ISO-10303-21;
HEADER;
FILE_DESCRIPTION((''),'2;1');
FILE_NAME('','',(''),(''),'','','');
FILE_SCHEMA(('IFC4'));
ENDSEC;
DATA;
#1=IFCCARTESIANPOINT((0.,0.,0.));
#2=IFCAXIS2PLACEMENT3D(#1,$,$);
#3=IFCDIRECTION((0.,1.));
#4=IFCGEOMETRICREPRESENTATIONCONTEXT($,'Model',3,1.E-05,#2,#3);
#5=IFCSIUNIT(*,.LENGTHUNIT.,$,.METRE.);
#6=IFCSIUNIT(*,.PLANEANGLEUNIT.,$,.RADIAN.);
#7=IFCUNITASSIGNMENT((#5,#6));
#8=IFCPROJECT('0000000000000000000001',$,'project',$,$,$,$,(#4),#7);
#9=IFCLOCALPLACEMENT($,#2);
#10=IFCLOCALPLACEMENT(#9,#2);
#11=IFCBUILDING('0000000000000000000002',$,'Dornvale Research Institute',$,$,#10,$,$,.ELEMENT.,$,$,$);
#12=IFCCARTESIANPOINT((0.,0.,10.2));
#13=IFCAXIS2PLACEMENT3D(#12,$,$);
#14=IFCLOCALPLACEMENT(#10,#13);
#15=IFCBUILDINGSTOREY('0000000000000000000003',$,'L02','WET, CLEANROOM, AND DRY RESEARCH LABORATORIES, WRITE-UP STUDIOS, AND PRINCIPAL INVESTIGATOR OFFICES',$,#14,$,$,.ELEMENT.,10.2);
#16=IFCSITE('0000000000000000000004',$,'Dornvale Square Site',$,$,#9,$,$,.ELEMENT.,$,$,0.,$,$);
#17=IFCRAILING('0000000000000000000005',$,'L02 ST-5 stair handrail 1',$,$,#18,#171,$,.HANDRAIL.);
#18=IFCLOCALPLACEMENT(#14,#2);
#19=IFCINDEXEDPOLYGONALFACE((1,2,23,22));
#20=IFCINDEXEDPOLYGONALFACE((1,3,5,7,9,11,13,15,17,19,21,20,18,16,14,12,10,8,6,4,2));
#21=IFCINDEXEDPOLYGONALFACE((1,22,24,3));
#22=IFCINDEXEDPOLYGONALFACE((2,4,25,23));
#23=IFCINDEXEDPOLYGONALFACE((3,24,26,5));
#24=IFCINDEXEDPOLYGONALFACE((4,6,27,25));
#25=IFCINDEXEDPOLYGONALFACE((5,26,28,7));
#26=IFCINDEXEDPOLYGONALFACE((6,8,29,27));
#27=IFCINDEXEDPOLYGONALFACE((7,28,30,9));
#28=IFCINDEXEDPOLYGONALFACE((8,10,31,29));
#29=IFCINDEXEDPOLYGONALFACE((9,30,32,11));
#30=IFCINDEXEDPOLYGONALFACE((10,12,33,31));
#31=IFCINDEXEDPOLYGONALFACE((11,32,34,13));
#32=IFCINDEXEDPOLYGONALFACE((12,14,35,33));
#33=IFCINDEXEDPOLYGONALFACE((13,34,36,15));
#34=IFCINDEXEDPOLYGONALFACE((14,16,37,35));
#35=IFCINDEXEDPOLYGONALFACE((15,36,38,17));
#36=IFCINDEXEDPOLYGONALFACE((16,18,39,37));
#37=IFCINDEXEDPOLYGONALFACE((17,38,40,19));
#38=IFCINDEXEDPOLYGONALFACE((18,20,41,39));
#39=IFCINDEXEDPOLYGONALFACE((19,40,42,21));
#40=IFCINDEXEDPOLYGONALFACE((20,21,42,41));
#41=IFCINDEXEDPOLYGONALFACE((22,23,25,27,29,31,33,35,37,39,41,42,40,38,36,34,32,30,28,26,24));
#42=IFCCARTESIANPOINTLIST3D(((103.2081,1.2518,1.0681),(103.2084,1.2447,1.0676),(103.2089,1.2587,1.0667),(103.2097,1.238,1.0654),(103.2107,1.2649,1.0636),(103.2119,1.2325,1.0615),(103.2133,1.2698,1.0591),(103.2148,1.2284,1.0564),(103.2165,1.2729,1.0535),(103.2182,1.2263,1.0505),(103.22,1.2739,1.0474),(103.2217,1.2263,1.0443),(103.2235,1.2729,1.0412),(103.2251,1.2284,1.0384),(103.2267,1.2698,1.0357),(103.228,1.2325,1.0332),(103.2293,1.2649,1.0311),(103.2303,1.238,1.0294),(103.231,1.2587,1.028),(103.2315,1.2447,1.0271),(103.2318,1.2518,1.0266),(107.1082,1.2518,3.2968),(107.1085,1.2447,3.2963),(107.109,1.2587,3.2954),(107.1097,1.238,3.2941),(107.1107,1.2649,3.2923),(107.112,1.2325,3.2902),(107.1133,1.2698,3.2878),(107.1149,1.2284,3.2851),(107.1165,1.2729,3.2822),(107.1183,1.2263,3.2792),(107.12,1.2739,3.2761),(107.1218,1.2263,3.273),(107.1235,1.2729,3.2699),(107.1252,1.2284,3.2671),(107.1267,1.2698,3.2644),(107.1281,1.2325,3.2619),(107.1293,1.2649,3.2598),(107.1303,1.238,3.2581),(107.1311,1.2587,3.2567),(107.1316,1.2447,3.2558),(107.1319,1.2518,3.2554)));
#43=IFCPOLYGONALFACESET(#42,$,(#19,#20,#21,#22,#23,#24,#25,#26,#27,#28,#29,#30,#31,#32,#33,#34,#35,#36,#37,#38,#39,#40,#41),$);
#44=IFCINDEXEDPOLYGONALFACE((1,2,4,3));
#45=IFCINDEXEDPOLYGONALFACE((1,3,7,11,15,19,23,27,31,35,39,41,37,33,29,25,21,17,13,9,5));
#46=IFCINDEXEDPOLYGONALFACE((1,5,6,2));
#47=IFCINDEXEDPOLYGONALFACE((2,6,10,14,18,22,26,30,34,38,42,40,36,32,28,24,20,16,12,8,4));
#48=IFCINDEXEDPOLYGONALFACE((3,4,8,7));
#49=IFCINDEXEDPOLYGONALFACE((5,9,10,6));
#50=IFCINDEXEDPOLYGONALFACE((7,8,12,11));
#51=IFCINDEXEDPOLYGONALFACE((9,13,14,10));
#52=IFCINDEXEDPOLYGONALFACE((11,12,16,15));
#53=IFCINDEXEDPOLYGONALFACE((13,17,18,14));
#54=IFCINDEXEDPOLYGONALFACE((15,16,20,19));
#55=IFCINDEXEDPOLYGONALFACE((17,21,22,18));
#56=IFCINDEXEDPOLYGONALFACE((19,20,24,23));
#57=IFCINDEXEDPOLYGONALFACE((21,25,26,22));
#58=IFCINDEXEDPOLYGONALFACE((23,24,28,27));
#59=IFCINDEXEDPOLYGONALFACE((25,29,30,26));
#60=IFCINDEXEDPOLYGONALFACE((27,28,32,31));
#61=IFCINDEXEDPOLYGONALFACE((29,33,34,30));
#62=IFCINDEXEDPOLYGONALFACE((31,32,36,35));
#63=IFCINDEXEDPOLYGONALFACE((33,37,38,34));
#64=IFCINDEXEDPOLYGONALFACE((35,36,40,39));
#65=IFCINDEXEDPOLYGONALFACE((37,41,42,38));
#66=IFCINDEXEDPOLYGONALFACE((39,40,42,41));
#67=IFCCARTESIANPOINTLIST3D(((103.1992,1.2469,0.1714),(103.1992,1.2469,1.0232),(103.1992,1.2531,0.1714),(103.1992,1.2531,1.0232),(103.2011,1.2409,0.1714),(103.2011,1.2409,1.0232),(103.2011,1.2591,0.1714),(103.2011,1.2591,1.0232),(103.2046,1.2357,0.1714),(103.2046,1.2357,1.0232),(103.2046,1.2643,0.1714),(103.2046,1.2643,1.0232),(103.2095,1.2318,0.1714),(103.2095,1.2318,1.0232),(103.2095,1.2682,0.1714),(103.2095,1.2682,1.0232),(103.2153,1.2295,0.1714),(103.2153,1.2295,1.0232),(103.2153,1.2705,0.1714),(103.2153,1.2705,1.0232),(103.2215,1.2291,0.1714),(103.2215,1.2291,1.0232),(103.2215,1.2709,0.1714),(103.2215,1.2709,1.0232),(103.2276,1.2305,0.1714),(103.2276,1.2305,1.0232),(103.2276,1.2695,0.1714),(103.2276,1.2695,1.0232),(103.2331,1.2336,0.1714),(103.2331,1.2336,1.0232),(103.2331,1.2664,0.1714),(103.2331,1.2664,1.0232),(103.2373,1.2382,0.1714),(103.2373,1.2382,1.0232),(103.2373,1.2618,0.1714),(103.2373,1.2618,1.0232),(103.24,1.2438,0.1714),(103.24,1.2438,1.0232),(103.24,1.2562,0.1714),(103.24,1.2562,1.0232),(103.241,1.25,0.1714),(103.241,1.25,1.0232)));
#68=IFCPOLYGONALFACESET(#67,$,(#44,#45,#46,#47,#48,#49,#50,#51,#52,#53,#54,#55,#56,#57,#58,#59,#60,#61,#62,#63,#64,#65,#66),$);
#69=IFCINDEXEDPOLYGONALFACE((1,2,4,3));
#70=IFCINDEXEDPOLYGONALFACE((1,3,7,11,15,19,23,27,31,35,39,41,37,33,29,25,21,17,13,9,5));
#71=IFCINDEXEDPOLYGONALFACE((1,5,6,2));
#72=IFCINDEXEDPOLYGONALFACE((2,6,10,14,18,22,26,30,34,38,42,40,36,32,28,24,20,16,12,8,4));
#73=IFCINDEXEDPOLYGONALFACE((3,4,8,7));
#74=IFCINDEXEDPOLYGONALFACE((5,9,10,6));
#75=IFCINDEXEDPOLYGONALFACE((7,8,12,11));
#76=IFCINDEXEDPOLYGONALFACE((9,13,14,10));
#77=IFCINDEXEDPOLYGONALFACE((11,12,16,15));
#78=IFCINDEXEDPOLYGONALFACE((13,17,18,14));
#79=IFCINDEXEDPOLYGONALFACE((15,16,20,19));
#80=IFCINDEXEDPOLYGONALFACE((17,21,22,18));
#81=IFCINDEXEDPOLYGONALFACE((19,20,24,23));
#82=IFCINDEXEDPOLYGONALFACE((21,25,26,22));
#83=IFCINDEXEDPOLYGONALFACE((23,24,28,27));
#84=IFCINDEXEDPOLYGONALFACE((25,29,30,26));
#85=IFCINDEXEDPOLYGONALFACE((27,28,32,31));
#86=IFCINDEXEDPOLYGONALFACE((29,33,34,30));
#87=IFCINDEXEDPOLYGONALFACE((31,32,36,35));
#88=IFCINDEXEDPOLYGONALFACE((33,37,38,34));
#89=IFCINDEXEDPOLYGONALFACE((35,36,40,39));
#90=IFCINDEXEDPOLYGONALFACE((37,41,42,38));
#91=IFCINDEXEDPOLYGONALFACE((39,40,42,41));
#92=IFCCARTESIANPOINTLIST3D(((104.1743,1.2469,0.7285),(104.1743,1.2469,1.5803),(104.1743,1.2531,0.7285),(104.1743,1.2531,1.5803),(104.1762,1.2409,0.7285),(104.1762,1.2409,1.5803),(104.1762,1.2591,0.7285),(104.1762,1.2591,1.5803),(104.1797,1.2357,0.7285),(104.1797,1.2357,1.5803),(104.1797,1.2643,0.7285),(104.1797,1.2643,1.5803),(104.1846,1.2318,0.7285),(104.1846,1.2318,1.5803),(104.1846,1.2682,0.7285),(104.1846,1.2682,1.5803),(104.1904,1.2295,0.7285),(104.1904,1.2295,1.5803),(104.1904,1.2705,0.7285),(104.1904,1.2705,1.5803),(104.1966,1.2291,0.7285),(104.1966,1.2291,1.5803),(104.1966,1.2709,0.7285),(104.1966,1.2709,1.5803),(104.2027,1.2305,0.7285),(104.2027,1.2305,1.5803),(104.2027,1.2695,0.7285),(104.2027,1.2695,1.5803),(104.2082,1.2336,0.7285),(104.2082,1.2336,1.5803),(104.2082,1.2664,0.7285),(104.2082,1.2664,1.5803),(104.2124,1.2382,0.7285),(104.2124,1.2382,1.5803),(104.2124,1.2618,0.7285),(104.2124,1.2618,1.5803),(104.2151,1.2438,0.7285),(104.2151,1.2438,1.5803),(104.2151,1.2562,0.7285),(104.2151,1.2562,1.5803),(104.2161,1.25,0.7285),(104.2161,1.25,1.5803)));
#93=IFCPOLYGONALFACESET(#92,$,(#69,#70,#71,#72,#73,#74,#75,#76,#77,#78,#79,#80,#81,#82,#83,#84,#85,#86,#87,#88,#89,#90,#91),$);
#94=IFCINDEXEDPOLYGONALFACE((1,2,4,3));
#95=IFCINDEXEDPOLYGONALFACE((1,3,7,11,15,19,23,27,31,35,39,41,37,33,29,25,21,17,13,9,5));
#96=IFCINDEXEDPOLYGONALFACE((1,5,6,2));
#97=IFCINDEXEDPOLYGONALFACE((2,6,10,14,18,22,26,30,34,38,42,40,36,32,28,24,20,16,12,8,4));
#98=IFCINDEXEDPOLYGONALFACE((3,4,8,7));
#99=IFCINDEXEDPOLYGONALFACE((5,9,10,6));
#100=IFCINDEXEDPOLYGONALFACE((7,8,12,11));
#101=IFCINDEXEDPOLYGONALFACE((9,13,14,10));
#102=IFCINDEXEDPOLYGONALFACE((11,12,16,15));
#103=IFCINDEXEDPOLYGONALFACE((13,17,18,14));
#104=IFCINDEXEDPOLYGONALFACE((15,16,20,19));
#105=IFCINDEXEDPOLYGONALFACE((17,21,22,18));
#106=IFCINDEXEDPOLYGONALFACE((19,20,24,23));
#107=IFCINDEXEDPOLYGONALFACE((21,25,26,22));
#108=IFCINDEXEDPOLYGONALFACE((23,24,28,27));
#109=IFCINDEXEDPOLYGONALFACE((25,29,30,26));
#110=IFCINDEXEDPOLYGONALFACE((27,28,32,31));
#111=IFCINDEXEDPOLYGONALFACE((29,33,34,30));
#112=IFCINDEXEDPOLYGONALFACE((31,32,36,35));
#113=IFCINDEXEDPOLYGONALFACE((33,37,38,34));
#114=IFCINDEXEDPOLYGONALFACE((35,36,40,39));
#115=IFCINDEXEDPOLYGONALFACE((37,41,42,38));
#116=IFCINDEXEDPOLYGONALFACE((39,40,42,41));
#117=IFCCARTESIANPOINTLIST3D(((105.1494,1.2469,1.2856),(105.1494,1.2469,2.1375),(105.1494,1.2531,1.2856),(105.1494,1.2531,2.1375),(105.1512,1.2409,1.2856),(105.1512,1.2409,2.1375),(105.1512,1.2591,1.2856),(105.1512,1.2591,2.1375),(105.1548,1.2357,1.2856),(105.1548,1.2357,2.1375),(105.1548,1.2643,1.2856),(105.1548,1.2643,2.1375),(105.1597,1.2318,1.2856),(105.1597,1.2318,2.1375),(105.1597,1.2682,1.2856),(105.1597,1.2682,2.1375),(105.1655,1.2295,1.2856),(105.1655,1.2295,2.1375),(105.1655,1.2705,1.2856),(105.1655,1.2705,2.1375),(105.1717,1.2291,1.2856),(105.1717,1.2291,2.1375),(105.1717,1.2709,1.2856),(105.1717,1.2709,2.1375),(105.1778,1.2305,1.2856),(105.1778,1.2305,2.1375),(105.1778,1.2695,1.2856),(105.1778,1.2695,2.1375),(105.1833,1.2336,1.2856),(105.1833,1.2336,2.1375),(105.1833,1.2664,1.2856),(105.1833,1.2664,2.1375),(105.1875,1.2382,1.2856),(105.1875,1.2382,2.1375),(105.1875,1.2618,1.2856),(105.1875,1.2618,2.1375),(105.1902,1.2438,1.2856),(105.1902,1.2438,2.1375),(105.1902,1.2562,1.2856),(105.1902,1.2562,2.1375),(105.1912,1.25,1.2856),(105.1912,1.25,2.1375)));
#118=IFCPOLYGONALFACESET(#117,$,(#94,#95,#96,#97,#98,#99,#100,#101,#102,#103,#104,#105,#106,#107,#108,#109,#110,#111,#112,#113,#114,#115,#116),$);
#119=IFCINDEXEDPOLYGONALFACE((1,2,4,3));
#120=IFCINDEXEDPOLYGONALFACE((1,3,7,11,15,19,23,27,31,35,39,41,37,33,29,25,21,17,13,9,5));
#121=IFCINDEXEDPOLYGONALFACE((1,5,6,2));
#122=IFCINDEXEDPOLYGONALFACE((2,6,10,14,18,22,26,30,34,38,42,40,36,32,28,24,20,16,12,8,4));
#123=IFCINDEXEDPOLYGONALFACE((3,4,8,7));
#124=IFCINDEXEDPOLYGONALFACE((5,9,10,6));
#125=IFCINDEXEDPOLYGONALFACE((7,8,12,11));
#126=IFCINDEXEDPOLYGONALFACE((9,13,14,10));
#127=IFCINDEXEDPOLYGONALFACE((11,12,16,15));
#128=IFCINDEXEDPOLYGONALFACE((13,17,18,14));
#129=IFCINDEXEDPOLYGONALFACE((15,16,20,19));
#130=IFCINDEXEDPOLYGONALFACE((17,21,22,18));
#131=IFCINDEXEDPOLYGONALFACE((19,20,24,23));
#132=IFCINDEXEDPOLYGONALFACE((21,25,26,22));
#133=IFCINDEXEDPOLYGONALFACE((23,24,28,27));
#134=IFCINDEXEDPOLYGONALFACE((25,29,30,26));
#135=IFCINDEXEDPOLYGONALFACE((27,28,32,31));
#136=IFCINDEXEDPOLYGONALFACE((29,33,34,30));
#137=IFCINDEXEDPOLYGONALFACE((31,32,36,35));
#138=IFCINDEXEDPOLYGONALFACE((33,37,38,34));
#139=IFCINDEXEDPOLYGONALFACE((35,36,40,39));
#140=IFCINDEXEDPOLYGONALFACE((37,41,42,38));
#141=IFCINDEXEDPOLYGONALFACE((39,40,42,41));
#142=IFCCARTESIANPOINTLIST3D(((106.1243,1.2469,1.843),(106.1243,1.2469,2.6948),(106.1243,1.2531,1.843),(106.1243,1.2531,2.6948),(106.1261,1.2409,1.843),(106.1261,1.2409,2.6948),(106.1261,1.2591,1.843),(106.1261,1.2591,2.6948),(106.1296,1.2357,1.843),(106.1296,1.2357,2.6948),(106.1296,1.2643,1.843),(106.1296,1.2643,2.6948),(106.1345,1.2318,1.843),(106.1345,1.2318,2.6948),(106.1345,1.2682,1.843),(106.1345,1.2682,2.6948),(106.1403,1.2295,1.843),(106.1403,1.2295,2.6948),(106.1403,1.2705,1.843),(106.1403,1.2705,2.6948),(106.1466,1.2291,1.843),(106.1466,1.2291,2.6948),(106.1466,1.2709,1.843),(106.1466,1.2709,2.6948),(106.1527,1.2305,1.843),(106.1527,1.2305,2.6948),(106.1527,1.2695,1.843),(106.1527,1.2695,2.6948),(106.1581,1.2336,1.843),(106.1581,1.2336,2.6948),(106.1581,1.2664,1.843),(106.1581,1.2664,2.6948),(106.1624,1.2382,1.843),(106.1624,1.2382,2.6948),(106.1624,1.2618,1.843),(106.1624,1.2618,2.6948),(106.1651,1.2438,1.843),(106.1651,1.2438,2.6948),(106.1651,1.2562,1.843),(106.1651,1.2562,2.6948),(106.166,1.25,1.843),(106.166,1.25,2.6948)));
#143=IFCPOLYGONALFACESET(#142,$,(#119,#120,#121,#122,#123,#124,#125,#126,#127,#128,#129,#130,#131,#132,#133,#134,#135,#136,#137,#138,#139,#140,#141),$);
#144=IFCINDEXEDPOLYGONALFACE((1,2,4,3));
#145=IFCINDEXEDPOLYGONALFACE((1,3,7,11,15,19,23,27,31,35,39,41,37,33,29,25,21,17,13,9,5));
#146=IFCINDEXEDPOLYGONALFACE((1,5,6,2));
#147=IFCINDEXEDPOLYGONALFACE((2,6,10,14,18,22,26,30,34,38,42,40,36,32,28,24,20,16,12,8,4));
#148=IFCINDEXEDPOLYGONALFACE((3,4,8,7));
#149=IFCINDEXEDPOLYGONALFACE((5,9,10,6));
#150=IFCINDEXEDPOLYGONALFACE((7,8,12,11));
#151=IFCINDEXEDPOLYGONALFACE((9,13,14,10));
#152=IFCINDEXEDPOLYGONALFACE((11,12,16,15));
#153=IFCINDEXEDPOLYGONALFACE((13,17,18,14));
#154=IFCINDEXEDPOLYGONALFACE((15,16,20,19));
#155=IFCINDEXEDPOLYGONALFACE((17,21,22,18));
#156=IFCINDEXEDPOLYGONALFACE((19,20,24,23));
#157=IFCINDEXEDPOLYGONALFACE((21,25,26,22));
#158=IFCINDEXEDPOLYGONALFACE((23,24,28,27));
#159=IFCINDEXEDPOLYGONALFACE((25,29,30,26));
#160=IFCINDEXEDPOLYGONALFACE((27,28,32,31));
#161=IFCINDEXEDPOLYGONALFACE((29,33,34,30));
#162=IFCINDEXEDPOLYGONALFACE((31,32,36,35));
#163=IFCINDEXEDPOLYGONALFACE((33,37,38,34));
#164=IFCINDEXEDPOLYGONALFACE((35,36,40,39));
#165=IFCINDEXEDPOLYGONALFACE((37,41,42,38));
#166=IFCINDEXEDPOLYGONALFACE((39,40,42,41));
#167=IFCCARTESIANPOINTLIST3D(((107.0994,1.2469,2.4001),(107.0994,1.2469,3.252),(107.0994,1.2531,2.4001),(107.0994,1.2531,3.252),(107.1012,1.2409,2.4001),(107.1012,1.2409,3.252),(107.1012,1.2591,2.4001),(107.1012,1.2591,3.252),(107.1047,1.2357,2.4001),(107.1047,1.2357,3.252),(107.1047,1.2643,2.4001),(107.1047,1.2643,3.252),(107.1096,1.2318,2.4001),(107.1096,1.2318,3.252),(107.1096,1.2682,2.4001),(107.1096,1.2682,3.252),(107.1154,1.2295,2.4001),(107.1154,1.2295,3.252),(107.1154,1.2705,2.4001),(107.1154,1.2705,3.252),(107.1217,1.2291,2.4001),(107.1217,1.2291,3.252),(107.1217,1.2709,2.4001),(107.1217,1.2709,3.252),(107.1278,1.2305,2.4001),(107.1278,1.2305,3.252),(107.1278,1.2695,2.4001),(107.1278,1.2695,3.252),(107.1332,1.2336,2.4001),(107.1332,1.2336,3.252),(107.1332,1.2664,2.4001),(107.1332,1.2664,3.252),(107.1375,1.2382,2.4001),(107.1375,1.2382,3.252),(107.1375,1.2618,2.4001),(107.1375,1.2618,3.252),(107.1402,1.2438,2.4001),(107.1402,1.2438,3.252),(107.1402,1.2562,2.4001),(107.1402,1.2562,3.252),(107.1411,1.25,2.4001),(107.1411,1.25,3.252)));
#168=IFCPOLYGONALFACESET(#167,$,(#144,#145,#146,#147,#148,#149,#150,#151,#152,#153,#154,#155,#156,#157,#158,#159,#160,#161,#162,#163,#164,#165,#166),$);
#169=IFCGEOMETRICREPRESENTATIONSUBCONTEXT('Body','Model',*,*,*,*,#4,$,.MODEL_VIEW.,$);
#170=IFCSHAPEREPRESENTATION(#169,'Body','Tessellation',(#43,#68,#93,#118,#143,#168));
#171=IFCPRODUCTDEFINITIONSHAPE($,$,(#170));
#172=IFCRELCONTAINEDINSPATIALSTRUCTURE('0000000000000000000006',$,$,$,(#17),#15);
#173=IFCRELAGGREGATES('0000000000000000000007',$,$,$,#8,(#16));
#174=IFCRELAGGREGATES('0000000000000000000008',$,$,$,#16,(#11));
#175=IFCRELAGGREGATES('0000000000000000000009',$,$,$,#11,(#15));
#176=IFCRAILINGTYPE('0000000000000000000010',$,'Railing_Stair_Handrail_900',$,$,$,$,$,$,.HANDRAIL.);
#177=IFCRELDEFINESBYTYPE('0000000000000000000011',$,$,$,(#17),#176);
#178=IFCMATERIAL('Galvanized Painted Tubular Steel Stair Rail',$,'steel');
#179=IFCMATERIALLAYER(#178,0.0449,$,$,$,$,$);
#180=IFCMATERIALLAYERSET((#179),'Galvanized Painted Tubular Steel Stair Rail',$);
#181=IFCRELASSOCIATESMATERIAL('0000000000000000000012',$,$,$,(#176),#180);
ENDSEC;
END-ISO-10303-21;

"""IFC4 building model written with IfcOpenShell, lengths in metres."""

from ifc_helpers import new_model, si_unit, direction, frame, origin, origin_2d, place, context, subcontext, project, spatial, circle, extrude, material, layer, layer_set, type_object, element, save


model = new_model("IFC4")

# Units and contexts
model_context = context("Model", 3, precision=1e-05, world=origin(), true_north=direction((0.0, 1.0)))
body_context = subcontext(model_context, "Body", "Model", "MODEL_VIEW")
ifc_project = project(units=[si_unit("LENGTHUNIT", "METRE"), si_unit("PLANEANGLEUNIT", "RADIAN")], contexts=[model_context])

# Site, building, storey
site_placement = place(None, origin())
site = spatial("IfcSite", under=ifc_project, at=site_placement, Name="Dornvale Square Site", CompositionType="ELEMENT", RefElevation=0.0)
building_placement = place(site_placement, origin())
building = spatial("IfcBuilding", under=site, at=building_placement, Name="Dornvale Research Institute", CompositionType="ELEMENT")
storey_placement = place(building_placement, frame((0.0, 0.0, 10.2)))
storey = spatial("IfcBuildingStorey", under=building, at=storey_placement, Name="L02", Description="WET, CLEANROOM, AND DRY RESEARCH LABORATORIES, WRITE-UP STUDIOS, AND PRINCIPAL INVESTIGATOR OFFICES", CompositionType="ELEMENT", Elevation=10.2)

# Railing
ifc_material_1 = material(Name="Galvanized Painted Tubular Steel Stair Rail", Category="steel")
ifc_layer_1 = layer(ifc_material_1, 0.0449)
ifc_layer_set_1 = layer_set([ifc_layer_1], Name="Galvanized Painted Tubular Steel Stair Rail")
railing_type_1 = type_object("IfcRailingType", Name="Railing_Stair_Handrail_900", PredefinedType="HANDRAIL", material=ifc_layer_set_1)
railing_1_placement = place(storey_placement, frame((103.22, 1.25, 0.1714)))
element("IfcRailing", 1, at=railing_1_placement, inside=storey, type_object=railing_type_1, Name="L02 ST-5 stair handrail 1", PredefinedType="HANDRAIL", context=body_context, shape_type="SweptSolid", body=[
    extrude(circle(Radius=0.0239, at=origin_2d()), frame((0.0, 0.0, 0.876), z_axis=(0.868233, 0.0, 0.496156), x_axis=(0.0, 1.0, 0.0)), (0.0, 0.0, 1.0), 4.4919),
    extrude(circle(Radius=0.021, at=origin_2d()), origin(), (0.0, 0.0, 1.0), 0.8518),
    extrude(circle(Radius=0.021, at=origin_2d()), frame((0.9751, 0.0, 0.5571)), (0.0, 0.0, 1.0), 0.8518),
    extrude(circle(Radius=0.021, at=origin_2d()), frame((1.9502, 0.0, 1.1143)), (0.0, 0.0, 1.0), 0.8518),
    extrude(circle(Radius=0.021, at=origin_2d()), frame((2.925, 0.0, 1.6716)), (0.0, 0.0, 1.0), 0.8518),
    extrude(circle(Radius=0.021, at=origin_2d()), frame((3.9001, 0.0, 2.2288)), (0.0, 0.0, 1.0), 0.8518),
])

save(model, "model.ifc")
